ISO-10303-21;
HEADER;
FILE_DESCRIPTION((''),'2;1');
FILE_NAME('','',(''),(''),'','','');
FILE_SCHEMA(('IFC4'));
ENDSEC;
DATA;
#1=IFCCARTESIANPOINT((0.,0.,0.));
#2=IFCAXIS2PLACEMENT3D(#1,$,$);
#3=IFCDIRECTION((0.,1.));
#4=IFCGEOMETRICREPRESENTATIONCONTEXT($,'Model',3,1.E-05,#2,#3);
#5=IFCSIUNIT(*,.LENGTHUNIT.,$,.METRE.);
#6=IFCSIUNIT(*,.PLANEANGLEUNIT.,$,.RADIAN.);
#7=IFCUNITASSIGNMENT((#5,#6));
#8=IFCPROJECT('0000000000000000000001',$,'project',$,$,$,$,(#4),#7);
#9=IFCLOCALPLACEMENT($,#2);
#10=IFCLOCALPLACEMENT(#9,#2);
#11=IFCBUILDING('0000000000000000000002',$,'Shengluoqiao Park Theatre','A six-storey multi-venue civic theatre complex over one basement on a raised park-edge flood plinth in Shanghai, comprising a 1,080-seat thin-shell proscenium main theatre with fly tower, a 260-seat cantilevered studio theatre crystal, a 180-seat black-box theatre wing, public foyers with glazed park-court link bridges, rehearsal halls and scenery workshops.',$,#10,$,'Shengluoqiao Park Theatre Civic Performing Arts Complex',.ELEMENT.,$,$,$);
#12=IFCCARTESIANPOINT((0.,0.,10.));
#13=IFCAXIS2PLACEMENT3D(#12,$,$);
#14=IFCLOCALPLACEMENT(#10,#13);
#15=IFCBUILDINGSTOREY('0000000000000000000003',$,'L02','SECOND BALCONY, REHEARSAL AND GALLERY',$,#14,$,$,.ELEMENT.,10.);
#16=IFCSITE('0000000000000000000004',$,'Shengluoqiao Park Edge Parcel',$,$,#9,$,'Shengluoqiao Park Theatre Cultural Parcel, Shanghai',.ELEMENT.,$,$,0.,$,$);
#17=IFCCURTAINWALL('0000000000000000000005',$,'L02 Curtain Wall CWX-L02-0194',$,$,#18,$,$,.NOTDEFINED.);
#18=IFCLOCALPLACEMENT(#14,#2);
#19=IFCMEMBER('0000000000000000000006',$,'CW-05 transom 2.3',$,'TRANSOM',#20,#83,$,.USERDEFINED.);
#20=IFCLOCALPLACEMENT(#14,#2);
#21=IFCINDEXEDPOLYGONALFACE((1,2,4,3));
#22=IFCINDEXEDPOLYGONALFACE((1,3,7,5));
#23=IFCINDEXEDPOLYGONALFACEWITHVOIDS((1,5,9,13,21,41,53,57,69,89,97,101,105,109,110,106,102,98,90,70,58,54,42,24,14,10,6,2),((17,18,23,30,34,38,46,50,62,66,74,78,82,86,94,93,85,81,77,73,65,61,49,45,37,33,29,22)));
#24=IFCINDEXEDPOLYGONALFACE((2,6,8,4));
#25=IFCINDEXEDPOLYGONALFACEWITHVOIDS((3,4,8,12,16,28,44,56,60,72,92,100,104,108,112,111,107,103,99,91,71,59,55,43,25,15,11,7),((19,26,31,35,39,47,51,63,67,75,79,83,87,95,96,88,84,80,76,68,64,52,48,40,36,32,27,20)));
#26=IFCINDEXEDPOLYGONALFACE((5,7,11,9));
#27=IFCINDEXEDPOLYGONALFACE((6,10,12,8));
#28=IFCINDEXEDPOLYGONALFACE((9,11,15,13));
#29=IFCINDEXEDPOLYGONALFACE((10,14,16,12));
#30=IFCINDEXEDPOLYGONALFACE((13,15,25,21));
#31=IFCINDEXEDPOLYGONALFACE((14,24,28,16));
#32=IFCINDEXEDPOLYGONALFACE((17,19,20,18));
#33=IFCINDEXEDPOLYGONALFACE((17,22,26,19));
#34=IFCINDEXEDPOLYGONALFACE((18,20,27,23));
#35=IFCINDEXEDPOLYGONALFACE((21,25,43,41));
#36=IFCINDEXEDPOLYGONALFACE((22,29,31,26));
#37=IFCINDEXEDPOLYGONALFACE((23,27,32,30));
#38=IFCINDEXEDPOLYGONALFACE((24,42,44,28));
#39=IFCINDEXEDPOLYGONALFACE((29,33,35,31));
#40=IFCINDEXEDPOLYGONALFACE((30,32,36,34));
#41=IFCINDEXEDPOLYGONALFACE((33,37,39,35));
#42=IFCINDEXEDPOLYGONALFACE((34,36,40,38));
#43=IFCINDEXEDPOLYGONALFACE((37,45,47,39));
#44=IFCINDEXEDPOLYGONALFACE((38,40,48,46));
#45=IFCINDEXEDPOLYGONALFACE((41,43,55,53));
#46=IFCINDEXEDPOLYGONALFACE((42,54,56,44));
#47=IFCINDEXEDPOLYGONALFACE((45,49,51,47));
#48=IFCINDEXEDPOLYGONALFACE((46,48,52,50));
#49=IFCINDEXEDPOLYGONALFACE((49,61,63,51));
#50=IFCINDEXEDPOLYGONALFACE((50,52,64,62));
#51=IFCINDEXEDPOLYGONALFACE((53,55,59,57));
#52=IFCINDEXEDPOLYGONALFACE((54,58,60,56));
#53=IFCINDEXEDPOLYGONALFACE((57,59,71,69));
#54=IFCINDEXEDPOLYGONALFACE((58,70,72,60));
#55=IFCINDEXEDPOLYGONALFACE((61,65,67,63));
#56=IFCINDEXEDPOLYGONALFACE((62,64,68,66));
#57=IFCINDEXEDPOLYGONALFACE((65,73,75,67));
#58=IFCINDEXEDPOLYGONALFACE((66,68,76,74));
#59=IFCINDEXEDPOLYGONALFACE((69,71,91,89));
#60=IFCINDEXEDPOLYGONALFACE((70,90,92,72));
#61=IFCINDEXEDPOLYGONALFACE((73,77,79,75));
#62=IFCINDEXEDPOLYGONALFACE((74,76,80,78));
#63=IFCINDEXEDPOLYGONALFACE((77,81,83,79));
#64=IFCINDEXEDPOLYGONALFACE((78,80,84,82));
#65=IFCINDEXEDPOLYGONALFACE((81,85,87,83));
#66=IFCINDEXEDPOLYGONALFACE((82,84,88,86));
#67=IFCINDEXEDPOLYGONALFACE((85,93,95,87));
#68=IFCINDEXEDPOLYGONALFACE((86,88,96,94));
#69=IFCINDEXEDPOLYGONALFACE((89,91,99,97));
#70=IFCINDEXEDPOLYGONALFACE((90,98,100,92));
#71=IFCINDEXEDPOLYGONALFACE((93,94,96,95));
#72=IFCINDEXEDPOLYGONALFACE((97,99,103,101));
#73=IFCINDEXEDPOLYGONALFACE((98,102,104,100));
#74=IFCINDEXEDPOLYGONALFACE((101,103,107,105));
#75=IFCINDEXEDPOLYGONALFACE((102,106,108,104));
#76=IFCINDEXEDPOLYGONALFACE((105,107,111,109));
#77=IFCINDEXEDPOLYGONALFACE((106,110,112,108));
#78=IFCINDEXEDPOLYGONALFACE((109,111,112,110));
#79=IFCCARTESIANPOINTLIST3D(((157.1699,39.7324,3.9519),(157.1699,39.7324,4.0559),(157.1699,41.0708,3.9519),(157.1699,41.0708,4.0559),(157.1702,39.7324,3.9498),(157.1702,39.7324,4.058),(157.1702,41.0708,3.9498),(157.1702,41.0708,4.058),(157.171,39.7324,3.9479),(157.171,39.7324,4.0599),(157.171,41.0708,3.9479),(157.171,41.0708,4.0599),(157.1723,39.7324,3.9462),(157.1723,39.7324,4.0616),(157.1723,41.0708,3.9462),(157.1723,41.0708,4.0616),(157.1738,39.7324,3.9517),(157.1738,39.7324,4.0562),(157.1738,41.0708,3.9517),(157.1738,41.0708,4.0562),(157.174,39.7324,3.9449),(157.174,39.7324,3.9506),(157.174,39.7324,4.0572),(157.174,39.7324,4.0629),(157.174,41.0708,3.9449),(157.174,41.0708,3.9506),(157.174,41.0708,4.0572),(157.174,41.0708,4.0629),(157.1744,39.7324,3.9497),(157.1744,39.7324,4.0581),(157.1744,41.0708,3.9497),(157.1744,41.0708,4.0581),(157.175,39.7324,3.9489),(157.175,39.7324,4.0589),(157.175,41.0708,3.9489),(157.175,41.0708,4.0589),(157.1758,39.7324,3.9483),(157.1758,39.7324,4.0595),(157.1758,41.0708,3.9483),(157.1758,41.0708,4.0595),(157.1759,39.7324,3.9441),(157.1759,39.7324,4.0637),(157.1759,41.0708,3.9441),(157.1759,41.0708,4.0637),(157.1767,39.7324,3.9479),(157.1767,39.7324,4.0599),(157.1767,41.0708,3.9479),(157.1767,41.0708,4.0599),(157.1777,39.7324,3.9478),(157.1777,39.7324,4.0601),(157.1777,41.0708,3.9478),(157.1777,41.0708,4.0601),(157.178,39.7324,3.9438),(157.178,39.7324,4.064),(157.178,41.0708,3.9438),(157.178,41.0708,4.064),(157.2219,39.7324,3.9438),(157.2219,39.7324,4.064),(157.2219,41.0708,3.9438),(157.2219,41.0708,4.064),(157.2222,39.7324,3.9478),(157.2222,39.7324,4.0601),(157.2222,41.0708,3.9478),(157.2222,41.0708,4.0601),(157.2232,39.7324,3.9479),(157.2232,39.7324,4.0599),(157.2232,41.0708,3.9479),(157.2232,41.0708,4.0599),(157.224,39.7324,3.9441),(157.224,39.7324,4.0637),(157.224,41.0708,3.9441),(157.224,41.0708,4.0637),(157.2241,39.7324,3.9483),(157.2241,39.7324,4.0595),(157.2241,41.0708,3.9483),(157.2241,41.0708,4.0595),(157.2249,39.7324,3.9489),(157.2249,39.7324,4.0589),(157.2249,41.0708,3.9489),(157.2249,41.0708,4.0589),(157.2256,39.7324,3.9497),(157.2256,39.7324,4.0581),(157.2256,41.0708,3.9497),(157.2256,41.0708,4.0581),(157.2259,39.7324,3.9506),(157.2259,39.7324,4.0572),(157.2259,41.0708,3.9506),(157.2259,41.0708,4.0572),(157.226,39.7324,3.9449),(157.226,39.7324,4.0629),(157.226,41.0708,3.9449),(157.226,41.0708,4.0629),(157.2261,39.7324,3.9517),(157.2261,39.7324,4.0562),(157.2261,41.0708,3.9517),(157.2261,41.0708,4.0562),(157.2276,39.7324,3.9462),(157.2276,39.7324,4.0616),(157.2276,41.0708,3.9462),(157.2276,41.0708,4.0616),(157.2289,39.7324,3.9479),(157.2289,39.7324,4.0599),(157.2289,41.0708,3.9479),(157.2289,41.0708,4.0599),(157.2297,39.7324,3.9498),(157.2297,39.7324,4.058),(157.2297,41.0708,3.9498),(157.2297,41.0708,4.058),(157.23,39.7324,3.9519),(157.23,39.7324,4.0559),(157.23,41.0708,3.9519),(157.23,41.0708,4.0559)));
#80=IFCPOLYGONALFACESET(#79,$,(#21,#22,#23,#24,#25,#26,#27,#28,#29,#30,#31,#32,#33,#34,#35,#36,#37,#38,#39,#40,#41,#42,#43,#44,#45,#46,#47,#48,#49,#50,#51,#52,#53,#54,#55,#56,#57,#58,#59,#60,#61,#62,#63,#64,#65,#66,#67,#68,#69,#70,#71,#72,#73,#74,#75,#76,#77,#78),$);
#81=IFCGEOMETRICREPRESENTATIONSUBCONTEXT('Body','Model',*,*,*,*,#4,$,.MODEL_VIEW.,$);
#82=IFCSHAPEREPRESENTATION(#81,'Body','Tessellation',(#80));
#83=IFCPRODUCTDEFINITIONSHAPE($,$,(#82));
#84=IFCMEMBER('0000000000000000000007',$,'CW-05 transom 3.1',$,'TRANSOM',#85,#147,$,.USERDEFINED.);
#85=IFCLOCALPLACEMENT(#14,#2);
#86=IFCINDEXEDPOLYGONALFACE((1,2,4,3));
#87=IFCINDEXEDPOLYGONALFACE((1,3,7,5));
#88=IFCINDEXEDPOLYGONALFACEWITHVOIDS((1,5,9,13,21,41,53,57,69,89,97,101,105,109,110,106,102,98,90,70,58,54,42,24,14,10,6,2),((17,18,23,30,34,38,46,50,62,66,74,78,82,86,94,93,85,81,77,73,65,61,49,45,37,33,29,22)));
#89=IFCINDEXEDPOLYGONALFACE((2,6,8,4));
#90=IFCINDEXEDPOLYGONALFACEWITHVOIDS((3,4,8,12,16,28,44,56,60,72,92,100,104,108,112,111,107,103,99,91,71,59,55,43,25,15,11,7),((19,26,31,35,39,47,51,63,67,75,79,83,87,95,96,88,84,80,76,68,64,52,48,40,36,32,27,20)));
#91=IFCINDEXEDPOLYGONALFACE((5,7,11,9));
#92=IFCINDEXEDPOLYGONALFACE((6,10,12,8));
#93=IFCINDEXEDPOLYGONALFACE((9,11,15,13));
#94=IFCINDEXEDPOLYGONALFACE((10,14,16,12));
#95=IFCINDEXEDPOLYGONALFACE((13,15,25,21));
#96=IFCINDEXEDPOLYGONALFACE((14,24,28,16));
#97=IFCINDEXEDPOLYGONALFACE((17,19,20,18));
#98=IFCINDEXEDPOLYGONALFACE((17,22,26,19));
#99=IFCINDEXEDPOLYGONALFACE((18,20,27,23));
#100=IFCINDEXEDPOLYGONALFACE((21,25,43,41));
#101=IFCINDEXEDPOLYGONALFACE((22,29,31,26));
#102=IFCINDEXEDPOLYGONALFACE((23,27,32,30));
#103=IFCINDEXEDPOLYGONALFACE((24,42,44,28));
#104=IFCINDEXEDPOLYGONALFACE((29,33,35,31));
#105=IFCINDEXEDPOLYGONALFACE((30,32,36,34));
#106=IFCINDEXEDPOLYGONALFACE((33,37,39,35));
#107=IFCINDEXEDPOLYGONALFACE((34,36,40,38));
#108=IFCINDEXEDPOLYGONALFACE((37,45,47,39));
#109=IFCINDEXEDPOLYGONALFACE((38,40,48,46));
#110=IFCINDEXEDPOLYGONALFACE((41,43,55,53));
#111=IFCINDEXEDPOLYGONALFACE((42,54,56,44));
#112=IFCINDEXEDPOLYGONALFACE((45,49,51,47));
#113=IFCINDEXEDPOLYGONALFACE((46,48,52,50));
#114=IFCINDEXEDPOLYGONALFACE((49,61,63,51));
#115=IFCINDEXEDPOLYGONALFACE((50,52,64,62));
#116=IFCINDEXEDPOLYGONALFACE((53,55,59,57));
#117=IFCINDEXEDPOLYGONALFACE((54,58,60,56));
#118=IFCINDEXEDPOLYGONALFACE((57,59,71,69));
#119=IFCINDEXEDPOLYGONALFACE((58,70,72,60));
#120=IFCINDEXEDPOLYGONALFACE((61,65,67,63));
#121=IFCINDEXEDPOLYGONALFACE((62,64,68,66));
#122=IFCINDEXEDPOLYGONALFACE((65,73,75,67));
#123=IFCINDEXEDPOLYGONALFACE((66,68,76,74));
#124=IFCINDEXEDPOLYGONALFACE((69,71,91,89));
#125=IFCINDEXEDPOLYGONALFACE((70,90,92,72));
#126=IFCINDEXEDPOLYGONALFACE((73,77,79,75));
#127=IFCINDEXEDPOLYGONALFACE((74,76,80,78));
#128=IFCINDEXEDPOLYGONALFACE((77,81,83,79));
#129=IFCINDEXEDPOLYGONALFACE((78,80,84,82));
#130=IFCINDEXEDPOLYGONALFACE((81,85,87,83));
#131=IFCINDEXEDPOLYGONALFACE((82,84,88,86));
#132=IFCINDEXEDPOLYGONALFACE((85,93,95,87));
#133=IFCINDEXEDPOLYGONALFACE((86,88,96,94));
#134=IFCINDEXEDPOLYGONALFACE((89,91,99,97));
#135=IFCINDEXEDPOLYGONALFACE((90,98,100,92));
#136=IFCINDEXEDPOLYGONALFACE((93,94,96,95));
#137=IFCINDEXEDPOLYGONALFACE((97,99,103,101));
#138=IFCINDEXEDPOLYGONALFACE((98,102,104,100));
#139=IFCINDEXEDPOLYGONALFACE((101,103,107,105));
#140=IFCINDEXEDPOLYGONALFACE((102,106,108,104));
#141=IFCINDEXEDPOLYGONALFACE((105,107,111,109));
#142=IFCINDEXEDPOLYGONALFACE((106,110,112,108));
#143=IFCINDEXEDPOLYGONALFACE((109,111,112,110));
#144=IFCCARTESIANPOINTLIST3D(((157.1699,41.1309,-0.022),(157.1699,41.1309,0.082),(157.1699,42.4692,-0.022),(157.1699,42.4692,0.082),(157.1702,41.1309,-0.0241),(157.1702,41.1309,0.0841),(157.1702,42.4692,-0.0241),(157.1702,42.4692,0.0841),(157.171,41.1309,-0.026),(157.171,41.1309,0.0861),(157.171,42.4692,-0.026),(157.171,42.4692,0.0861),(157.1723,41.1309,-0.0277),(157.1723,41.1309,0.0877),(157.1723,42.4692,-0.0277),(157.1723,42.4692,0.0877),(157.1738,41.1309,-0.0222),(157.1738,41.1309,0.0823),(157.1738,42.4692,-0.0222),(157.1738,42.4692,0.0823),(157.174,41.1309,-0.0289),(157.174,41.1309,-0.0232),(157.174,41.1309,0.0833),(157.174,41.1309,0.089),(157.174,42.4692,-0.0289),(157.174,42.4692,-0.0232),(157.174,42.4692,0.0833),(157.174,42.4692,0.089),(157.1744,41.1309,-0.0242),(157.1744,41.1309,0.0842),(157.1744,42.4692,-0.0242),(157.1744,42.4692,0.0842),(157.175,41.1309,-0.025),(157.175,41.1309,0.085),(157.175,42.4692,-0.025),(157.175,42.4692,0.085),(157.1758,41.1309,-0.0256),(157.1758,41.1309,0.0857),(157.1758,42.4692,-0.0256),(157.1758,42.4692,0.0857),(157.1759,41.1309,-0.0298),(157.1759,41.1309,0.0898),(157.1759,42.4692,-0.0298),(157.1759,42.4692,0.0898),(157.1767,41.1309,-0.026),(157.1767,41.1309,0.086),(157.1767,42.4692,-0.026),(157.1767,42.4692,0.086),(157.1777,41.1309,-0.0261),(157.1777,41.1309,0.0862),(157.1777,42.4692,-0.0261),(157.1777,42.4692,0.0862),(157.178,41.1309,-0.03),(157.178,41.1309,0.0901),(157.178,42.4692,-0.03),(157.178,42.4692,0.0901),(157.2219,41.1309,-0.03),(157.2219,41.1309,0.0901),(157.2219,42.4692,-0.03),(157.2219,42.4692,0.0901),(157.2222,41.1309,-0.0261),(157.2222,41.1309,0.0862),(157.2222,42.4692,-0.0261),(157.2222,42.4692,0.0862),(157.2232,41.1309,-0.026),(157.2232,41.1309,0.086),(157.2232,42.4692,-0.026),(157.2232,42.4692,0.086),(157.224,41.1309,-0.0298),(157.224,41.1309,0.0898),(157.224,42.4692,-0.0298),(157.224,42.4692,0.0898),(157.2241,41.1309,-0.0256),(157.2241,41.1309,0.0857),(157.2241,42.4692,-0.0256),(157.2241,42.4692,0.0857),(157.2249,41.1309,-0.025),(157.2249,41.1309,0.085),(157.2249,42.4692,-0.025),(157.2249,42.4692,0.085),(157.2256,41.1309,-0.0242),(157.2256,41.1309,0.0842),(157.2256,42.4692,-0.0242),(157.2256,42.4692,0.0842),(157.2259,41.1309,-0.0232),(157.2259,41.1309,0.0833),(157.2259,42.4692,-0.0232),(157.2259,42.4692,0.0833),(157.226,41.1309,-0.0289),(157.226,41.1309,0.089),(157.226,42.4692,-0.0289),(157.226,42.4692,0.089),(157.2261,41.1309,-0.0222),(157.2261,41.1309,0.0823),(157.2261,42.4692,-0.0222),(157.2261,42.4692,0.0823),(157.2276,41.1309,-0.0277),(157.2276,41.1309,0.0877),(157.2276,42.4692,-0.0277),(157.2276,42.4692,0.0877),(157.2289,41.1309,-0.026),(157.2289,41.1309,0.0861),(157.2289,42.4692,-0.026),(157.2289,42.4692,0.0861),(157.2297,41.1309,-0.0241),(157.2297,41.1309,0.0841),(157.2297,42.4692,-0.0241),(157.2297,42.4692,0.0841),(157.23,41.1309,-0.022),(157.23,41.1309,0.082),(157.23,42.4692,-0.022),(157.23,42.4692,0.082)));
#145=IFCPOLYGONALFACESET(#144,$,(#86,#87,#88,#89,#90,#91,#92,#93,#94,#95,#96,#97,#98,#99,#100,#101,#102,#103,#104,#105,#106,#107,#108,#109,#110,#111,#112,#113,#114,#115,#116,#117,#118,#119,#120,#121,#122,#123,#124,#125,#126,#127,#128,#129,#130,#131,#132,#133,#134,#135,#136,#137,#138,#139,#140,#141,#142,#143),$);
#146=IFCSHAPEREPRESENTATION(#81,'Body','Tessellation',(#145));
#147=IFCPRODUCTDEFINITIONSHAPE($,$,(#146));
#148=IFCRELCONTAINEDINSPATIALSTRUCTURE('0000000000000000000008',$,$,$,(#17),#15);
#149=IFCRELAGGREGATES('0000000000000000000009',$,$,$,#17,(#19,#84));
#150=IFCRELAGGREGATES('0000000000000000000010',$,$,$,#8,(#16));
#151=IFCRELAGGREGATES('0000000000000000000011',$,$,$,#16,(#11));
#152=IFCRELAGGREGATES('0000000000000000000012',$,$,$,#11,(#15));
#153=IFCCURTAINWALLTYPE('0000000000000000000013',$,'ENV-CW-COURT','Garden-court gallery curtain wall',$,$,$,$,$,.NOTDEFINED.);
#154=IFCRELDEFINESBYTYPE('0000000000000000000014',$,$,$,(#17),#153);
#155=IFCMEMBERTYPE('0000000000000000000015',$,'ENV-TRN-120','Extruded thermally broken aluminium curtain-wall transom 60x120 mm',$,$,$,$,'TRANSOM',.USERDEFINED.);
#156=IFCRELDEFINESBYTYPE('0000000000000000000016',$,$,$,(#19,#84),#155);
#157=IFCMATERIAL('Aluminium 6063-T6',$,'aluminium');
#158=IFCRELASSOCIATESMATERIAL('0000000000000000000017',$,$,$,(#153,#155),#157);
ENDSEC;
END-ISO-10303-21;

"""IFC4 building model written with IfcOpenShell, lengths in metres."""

from ifc_helpers import new_model, si_unit, direction, frame, origin, origin_2d, place, context, subcontext, project, spatial, hollow_rectangle, extrude, material, material_profile, profile_set, type_object, element, aggregate, save


model = new_model("IFC4")

# Units and contexts
model_context = context("Model", 3, precision=1e-05, world=origin(), true_north=direction((0.0, 1.0)))
body_context = subcontext(model_context, "Body", "Model", "MODEL_VIEW")
ifc_project = project(units=[si_unit("LENGTHUNIT", "METRE"), si_unit("PLANEANGLEUNIT", "RADIAN")], contexts=[model_context])

# Site, building, storey
site_placement = place(None, origin())
site = spatial("IfcSite", under=ifc_project, at=site_placement, Name="Shengluoqiao Park Edge Parcel", LongName="Shengluoqiao Park Theatre Cultural Parcel, Shanghai", CompositionType="ELEMENT", RefElevation=0.0)
building_placement = place(site_placement, origin())
building = spatial("IfcBuilding", under=site, at=building_placement, Name="Shengluoqiao Park Theatre", Description="A six-storey multi-venue civic theatre complex over one basement on a raised park-edge flood plinth in Shanghai, comprising a 1,080-seat thin-shell proscenium main theatre with fly tower, a 260-seat cantilevered studio theatre crystal, a 180-seat black-box theatre wing, public foyers with glazed park-court link bridges, rehearsal halls and scenery workshops.", LongName="Shengluoqiao Park Theatre Civic Performing Arts Complex", CompositionType="ELEMENT")
storey_placement = place(building_placement, frame((0.0, 0.0, 10.0)))
storey = spatial("IfcBuildingStorey", under=building, at=storey_placement, Name="L02", Description="SECOND BALCONY, REHEARSAL AND GALLERY", CompositionType="ELEMENT", Elevation=10.0)

# Curtain wall, members
ifc_material_1 = material(Name="Aluminium 6063-T6", Category="aluminium")
curtain_wall_type = type_object("IfcCurtainWallType", Name="ENV-CW-COURT", Description="Garden-court gallery curtain wall", PredefinedType="NOTDEFINED", material=ifc_material_1)
curtain_wall_placement = place(storey_placement, origin())
curtain_wall = element("IfcCurtainWall", 1, at=curtain_wall_placement, inside=storey, type_object=curtain_wall_type, Name="L02 Curtain Wall CWX-L02-0194", PredefinedType="NOTDEFINED")
ifc_material_profile_1 = material_profile(ifc_material_1, hollow_rectangle(XDim=0.0601, YDim=0.1201, WallThickness=0.0039, InnerFilletRadius=0.0039, OuterFilletRadius=0.0081, at=origin_2d()), Name="ALU TRANSOM 120x60x4")
ifc_profile_set_1 = profile_set([ifc_material_profile_1], Name="Aluminium 6063-T6")
member_type_1 = type_object("IfcMemberType", Name="ENV-TRN-120", Description="Extruded thermally broken aluminium curtain-wall transom 60x120 mm", ElementType="TRANSOM", PredefinedType="USERDEFINED", material=ifc_profile_set_1)
member_1_placement = place(storey_placement, frame((157.2, 39.7324, 4.0039), z_axis=(0.0, 1.0, 0.0), x_axis=(-1.0, 0.0, 0.0)))
member_1 = element("IfcMember", 2, at=member_1_placement, type_object=member_type_1, Name="CW-05 transom 2.3", ObjectType="TRANSOM", PredefinedType="USERDEFINED", context=body_context, shape_type="SweptSolid", body=[
    extrude(hollow_rectangle(XDim=0.0601, YDim=0.1201, WallThickness=0.0039, InnerFilletRadius=0.0039, OuterFilletRadius=0.0081, at=origin_2d()), origin(), (0.0, 0.0, 1.0), 1.3384),
])
member_2_placement = place(storey_placement, frame((157.2, 41.1309, 0.03), z_axis=(0.0, 1.0, 0.0), x_axis=(-1.0, 0.0, 0.0)))
member_2 = element("IfcMember", 3, at=member_2_placement, type_object=member_type_1, Name="CW-05 transom 3.1", ObjectType="TRANSOM", PredefinedType="USERDEFINED", context=body_context, shape_type="SweptSolid", body=[
    extrude(hollow_rectangle(XDim=0.0601, YDim=0.1201, WallThickness=0.0039, InnerFilletRadius=0.0039, OuterFilletRadius=0.0081, at=origin_2d()), origin(), (0.0, 0.0, 1.0), 1.3384),
])

aggregate(curtain_wall, [member_1, member_2])

save(model, "model.ifc")
